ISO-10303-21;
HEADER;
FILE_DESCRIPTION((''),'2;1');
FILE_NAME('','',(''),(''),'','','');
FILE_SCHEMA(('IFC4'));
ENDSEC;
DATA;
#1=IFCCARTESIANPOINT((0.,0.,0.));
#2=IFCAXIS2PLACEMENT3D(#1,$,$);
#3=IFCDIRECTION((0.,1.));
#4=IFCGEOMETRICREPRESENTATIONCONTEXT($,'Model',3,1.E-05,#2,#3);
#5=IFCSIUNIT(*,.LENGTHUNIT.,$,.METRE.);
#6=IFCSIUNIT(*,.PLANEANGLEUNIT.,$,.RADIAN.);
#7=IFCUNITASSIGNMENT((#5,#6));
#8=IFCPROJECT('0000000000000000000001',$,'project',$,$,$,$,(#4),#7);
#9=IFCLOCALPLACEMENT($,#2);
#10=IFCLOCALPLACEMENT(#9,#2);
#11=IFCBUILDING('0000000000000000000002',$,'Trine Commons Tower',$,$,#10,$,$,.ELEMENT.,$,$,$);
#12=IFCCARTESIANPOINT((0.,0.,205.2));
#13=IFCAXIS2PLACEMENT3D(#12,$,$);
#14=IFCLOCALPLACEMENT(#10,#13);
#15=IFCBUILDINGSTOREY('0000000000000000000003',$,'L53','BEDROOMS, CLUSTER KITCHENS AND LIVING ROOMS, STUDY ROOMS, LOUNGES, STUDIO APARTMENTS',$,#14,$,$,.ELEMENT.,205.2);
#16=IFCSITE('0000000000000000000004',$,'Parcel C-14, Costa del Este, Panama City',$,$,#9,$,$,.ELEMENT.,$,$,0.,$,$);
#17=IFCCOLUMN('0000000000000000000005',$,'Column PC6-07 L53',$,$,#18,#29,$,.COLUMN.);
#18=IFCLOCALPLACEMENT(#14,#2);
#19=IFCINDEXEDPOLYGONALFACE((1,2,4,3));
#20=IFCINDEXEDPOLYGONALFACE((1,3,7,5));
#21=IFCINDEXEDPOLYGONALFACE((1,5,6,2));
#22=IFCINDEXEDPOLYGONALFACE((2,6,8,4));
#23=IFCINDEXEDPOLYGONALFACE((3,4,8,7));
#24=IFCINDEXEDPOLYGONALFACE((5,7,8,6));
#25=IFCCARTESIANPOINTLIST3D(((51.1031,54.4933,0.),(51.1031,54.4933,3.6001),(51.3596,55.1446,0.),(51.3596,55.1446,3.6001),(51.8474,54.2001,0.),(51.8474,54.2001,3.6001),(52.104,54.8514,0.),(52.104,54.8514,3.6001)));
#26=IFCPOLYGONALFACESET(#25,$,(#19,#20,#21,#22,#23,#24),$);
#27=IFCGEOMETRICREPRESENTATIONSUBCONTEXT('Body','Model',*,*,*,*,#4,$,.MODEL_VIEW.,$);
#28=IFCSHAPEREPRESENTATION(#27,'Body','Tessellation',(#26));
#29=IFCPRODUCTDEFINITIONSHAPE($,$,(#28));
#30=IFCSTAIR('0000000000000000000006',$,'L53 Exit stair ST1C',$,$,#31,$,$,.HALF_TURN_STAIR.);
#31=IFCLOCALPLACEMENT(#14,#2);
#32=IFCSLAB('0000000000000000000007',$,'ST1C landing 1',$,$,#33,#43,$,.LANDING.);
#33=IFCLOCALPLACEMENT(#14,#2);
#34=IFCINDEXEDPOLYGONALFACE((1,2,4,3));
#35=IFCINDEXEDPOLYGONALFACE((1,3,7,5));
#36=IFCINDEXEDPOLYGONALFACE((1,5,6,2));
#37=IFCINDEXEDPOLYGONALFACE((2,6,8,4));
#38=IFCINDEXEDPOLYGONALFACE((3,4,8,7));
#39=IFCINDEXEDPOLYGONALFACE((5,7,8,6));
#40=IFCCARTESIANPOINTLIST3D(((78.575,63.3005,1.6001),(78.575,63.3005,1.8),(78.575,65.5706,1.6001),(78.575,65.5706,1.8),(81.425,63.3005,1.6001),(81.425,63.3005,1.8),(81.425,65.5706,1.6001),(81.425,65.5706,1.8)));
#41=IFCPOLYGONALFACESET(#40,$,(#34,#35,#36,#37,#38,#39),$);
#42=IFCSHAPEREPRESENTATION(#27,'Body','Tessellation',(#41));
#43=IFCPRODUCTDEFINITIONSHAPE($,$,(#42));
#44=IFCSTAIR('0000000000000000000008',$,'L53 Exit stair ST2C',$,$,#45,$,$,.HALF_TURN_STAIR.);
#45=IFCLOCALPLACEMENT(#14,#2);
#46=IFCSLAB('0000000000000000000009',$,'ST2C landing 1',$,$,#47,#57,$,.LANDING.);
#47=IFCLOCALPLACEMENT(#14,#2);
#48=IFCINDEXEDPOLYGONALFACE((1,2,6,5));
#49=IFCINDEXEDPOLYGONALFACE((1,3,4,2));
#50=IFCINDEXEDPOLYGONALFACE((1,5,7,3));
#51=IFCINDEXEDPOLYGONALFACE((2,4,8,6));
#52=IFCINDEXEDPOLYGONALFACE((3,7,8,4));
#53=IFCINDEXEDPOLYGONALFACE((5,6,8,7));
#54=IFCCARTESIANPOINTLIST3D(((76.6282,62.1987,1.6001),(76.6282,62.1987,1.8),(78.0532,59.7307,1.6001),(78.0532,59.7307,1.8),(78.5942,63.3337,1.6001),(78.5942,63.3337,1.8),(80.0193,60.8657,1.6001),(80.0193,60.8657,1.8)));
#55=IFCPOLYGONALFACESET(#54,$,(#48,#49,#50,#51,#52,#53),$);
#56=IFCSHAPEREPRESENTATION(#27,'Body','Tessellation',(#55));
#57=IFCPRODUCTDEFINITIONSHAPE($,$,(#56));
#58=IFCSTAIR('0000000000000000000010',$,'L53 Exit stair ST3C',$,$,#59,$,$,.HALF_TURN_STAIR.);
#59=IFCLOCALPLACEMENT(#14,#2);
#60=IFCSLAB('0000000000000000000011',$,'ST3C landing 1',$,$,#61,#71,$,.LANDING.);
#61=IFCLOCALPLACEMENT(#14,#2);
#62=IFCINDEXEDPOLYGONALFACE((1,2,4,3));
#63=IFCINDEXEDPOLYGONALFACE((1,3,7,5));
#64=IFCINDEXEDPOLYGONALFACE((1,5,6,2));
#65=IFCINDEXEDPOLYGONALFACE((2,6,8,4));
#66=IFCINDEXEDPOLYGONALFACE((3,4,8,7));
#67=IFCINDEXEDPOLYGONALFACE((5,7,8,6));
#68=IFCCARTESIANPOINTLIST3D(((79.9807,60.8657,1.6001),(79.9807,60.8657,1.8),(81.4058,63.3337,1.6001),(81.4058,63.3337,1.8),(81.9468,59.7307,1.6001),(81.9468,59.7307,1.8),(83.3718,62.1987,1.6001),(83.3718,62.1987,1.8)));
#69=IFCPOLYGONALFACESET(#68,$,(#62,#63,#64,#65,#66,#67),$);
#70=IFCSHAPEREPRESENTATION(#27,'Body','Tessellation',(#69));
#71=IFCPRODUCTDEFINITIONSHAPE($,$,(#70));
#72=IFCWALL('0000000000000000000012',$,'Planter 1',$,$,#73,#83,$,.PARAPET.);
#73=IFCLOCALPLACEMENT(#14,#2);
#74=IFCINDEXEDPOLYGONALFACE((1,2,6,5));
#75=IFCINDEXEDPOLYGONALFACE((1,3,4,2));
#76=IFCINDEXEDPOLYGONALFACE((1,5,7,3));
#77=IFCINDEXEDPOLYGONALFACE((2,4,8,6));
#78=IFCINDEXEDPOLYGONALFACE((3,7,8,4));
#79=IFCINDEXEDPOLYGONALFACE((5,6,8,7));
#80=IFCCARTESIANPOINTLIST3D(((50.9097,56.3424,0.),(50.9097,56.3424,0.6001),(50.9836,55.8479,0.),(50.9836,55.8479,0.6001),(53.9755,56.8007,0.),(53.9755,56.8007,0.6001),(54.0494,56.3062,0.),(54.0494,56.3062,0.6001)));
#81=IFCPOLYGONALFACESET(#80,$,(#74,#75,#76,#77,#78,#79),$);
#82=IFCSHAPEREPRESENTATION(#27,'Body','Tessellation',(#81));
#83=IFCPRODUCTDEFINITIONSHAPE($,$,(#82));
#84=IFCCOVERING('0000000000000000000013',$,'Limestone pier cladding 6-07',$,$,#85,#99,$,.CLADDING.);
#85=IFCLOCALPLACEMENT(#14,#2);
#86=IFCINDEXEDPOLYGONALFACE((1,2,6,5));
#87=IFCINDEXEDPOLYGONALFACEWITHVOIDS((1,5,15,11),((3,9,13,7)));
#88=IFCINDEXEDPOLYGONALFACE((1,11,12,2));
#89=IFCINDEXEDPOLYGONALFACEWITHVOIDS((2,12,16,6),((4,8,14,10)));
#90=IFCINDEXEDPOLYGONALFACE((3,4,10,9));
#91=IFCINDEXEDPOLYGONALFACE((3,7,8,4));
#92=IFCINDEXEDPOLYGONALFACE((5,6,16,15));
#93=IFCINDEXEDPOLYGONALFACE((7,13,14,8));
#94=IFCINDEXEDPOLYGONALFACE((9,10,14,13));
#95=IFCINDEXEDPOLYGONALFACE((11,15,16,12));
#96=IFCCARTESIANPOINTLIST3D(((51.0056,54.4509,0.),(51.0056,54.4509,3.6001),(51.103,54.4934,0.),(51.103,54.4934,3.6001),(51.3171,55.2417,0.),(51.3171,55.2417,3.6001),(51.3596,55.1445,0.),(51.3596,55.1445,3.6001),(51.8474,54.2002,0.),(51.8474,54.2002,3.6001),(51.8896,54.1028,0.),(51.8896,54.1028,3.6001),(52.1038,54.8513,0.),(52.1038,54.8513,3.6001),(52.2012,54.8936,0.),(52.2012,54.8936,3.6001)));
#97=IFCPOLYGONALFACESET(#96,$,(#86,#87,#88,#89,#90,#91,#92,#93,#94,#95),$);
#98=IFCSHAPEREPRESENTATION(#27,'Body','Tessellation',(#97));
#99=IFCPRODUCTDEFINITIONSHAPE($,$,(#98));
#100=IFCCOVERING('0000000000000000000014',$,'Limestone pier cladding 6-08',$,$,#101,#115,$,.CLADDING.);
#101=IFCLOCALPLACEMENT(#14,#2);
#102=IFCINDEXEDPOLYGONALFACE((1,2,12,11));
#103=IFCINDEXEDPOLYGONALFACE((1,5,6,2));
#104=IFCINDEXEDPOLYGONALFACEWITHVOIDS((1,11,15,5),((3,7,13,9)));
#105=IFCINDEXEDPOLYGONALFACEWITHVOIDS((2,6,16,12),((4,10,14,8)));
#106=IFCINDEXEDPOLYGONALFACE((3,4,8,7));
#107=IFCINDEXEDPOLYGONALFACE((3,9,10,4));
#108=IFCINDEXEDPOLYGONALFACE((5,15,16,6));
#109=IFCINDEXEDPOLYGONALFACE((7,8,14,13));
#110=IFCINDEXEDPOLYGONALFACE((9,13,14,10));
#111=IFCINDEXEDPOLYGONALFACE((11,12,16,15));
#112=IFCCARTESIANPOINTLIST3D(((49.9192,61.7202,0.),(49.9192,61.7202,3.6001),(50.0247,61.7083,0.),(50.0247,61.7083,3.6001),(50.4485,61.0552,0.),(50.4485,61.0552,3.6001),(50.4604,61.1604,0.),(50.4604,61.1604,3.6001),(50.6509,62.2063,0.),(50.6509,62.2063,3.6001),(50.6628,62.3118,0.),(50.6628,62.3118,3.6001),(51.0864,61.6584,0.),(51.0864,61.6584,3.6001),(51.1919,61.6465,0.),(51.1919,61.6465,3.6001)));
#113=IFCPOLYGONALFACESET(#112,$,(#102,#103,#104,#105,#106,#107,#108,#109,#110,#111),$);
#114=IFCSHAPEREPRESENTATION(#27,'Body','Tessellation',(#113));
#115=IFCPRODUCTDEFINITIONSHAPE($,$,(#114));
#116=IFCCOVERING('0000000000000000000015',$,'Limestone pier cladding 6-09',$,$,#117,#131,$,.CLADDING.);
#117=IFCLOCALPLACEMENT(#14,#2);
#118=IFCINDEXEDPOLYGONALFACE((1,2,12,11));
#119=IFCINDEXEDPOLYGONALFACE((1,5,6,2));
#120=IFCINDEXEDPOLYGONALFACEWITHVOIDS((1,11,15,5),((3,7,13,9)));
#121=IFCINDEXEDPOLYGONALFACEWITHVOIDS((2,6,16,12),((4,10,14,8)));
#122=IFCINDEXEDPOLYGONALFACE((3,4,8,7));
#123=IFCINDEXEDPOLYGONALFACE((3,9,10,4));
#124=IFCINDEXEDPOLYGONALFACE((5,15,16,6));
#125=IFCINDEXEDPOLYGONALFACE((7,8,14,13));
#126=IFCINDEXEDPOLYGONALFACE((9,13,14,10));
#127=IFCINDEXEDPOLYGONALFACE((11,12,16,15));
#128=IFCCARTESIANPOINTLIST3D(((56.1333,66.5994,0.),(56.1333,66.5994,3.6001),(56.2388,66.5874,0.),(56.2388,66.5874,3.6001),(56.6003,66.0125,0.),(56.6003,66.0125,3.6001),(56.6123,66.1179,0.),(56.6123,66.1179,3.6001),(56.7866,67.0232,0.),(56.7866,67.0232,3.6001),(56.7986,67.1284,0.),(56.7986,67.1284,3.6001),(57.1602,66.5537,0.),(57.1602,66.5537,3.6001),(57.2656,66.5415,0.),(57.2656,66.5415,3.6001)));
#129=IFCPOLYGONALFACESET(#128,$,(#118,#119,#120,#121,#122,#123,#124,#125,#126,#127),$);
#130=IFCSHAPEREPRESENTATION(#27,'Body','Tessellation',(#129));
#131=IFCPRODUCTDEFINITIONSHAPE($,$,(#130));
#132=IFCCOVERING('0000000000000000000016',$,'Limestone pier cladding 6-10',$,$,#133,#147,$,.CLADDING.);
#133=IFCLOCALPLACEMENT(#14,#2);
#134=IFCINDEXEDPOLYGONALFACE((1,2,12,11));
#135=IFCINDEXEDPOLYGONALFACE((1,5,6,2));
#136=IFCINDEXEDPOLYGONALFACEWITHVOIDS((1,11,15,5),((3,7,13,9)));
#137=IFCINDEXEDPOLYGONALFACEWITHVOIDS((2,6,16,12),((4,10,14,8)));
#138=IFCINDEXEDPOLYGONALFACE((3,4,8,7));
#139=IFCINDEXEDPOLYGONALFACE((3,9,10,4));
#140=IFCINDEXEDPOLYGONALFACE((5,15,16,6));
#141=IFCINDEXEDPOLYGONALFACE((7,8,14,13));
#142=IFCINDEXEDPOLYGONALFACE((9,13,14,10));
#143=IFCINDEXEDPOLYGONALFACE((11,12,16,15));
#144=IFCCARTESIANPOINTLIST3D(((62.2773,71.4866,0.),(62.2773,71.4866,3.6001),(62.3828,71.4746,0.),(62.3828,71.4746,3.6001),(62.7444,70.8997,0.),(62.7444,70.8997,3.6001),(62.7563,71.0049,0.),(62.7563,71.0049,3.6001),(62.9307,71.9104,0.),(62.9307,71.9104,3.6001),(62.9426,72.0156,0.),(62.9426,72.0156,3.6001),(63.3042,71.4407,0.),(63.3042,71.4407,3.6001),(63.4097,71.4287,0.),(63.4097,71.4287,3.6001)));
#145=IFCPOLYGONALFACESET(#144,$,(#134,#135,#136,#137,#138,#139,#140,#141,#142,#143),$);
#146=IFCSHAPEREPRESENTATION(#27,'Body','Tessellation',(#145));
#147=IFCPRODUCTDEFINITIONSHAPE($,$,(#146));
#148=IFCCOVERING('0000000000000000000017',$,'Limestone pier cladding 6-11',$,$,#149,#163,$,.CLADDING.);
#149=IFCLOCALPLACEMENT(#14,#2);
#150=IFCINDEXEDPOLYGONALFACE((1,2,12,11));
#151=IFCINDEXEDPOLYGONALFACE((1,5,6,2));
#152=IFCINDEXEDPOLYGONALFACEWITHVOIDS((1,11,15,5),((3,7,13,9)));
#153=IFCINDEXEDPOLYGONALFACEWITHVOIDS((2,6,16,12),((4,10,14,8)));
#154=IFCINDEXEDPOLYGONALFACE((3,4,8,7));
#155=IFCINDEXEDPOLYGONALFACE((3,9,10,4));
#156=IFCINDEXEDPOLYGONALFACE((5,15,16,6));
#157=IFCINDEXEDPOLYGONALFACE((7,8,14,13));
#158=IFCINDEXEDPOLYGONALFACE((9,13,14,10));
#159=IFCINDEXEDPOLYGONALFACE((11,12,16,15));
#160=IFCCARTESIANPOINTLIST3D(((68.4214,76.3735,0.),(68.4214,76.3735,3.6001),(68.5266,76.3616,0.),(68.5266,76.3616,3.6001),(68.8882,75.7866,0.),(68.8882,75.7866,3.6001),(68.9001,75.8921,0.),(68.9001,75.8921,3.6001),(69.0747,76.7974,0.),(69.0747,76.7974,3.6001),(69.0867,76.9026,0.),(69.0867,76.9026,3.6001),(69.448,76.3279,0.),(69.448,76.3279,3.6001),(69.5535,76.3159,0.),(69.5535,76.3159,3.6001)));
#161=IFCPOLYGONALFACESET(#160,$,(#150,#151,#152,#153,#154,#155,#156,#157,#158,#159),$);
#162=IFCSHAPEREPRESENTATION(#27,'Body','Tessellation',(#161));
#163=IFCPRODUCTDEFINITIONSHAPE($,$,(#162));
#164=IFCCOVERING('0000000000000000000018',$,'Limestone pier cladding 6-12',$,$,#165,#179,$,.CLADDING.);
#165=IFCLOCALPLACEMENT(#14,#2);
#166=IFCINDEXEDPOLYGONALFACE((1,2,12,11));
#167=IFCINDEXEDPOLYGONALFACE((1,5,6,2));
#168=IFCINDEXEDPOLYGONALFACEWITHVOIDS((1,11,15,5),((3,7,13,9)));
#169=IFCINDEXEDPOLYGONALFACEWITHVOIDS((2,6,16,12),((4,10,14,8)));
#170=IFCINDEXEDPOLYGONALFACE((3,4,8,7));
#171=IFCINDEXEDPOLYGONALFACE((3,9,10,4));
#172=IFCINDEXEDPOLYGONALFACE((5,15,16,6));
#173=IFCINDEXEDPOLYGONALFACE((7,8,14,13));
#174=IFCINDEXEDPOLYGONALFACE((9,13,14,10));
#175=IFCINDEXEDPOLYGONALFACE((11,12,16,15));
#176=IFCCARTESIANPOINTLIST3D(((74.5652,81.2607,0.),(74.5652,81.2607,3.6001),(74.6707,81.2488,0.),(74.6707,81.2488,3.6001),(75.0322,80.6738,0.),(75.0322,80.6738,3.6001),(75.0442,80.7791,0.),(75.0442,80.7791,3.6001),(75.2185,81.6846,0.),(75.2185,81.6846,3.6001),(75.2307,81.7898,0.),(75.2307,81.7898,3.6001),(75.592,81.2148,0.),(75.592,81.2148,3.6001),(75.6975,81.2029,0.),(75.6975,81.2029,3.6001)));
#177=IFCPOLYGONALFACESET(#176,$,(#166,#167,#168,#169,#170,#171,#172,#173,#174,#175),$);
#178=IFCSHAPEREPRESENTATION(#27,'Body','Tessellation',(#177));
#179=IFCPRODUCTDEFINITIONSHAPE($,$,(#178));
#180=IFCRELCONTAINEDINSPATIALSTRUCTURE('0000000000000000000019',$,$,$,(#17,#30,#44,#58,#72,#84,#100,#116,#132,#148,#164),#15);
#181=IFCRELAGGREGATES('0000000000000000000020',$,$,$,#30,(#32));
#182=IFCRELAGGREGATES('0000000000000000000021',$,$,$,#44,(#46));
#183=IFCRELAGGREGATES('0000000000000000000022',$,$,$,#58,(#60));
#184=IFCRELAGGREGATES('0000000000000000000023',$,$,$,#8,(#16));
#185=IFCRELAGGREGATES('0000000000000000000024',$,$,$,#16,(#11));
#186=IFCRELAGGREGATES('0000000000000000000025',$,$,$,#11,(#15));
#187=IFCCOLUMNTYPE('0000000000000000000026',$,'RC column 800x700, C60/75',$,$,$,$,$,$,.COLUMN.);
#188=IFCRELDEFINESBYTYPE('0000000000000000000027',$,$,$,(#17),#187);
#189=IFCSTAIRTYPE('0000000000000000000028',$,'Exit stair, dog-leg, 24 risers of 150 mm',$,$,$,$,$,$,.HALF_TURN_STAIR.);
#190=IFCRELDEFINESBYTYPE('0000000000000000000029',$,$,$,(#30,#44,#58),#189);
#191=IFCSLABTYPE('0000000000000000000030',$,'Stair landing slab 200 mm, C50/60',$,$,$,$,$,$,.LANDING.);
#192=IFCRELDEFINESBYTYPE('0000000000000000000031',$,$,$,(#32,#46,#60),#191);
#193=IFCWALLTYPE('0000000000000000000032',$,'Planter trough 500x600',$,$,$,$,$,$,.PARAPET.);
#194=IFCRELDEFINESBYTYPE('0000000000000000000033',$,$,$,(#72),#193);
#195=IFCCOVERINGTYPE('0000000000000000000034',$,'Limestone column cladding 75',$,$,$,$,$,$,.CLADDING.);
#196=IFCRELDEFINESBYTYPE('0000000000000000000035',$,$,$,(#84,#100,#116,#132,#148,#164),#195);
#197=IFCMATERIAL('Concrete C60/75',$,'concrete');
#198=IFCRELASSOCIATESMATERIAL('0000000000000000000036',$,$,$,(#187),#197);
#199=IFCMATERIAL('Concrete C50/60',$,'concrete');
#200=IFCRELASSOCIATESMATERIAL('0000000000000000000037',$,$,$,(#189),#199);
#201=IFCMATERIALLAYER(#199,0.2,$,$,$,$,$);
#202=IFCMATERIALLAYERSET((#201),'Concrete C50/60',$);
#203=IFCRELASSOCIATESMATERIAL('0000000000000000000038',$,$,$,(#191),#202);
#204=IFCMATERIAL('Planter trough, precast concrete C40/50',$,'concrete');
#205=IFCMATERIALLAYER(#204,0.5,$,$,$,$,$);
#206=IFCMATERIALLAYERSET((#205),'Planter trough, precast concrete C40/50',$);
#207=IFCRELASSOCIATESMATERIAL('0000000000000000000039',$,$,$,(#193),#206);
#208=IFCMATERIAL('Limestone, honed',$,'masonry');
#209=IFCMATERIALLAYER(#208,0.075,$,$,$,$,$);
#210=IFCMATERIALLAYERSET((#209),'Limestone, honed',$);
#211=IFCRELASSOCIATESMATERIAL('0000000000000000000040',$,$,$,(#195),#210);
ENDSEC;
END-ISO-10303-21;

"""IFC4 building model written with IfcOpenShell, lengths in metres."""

from ifc_helpers import new_model, si_unit, direction, frame, frame_2d, origin, origin_2d, place, context, subcontext, project, spatial, polyline, rectangle, outline, extrude, material, layer, layer_set, material_profile, profile_set, type_object, element, aggregate, save


model = new_model("IFC4")

# Units and contexts
model_context = context("Model", 3, precision=1e-05, world=origin(), true_north=direction((0.0, 1.0)))
body_context = subcontext(model_context, "Body", "Model", "MODEL_VIEW")
ifc_project = project(units=[si_unit("LENGTHUNIT", "METRE"), si_unit("PLANEANGLEUNIT", "RADIAN")], contexts=[model_context])

# Site, building, storey
site_placement = place(None, origin())
site = spatial("IfcSite", under=ifc_project, at=site_placement, Name="Parcel C-14, Costa del Este, Panama City", CompositionType="ELEMENT", RefElevation=0.0)
building_placement = place(site_placement, origin())
building = spatial("IfcBuilding", under=site, at=building_placement, Name="Trine Commons Tower", CompositionType="ELEMENT")
storey_placement = place(building_placement, frame((0.0, 0.0, 205.2)))
storey = spatial("IfcBuildingStorey", under=building, at=storey_placement, Name="L53", Description="BEDROOMS, CLUSTER KITCHENS AND LIVING ROOMS, STUDY ROOMS, LOUNGES, STUDIO APARTMENTS", CompositionType="ELEMENT", Elevation=205.2)

# Column
ifc_material_1 = material(Name="Concrete C60/75", Category="concrete")
ifc_material_profile = material_profile(ifc_material_1, rectangle(XDim=0.8, YDim=0.7, at=origin_2d()), Name="RC 800x700")
ifc_profile_set = profile_set([ifc_material_profile], Name="Concrete C60/75")
column_type = type_object("IfcColumnType", Name="RC column 800x700, C60/75", PredefinedType="COLUMN", material=ifc_profile_set)
column_placement = place(storey_placement, frame((51.6035, 54.6724, 0.0), z_axis=(0.0, 0.0, 1.0), x_axis=(-0.930418, 0.366501, 0.0)))
element("IfcColumn", 1, at=column_placement, inside=storey, type_object=column_type, Name="Column PC6-07 L53", PredefinedType="COLUMN", context=body_context, shape_type="SweptSolid", body=[
    extrude(rectangle(XDim=0.8, YDim=0.7, at=origin_2d()), origin(), (0.0, 0.0, 1.0), 3.6001),
])

# Stairs, slabs
ifc_material_2 = material(Name="Concrete C50/60", Category="concrete")
stair_type = type_object("IfcStairType", Name="Exit stair, dog-leg, 24 risers of 150 mm", PredefinedType="HALF_TURN_STAIR", material=ifc_material_2)
stair_1_placement = place(storey_placement, origin())
stair_1 = element("IfcStair", 2, at=stair_1_placement, inside=storey, type_object=stair_type, Name="L53 Exit stair ST1C", PredefinedType="HALF_TURN_STAIR")
ifc_layer_1 = layer(ifc_material_2, 0.2)
ifc_layer_set_1 = layer_set([ifc_layer_1], Name="Concrete C50/60")
slab_type = type_object("IfcSlabType", Name="Stair landing slab 200 mm, C50/60", PredefinedType="LANDING", material=ifc_layer_set_1)
slab_1_placement = place(storey_placement, frame((0.0, 0.0, 1.6001)))
slab_1 = element("IfcSlab", 3, at=slab_1_placement, type_object=slab_type, Name="ST1C landing 1", PredefinedType="LANDING", context=body_context, shape_type="SweptSolid", body=[
    extrude(outline(polyline([(78.575, 65.5706), (78.575, 63.3005), (81.425, 63.3005), (81.425, 65.5706), (78.575, 65.5706)])), origin(), (0.0, 0.0, 1.0), 0.2),
])
aggregate(stair_1, [slab_1])
stair_2_placement = place(storey_placement, origin())
stair_2 = element("IfcStair", 4, at=stair_2_placement, inside=storey, type_object=stair_type, Name="L53 Exit stair ST2C", PredefinedType="HALF_TURN_STAIR")
slab_2_placement = place(storey_placement, frame((0.0, 0.0, 1.6001)))
slab_2 = element("IfcSlab", 5, at=slab_2_placement, type_object=slab_type, Name="ST2C landing 1", PredefinedType="LANDING", context=body_context, shape_type="SweptSolid", body=[
    extrude(outline(polyline([(78.0532, 59.7307), (80.0193, 60.8657), (78.5942, 63.3337), (76.6282, 62.1987), (78.0532, 59.7307)])), origin(), (0.0, 0.0, 1.0), 0.2),
])
aggregate(stair_2, [slab_2])
stair_3_placement = place(storey_placement, origin())
stair_3 = element("IfcStair", 6, at=stair_3_placement, inside=storey, type_object=stair_type, Name="L53 Exit stair ST3C", PredefinedType="HALF_TURN_STAIR")
slab_3_placement = place(storey_placement, frame((0.0, 0.0, 1.6001)))
slab_3 = element("IfcSlab", 7, at=slab_3_placement, type_object=slab_type, Name="ST3C landing 1", PredefinedType="LANDING", context=body_context, shape_type="SweptSolid", body=[
    extrude(outline(polyline([(83.3718, 62.1987), (81.4058, 63.3337), (79.9807, 60.8657), (81.9468, 59.7307), (83.3718, 62.1987)])), origin(), (0.0, 0.0, 1.0), 0.2),
])
aggregate(stair_3, [slab_3])

# Wall
ifc_material_3 = material(Name="Planter trough, precast concrete C40/50", Category="concrete")
ifc_layer_2 = layer(ifc_material_3, 0.5)
ifc_layer_set_2 = layer_set([ifc_layer_2], Name="Planter trough, precast concrete C40/50")
wall_type = type_object("IfcWallType", Name="Planter trough 500x600", PredefinedType="PARAPET", material=ifc_layer_set_2)
wall_placement = place(storey_placement, frame((50.9468, 56.0952, 0.0), z_axis=(0.0, 0.0, 1.0), x_axis=(0.989012, 0.147836, 0.0)))
element("IfcWall", 8, at=wall_placement, inside=storey, type_object=wall_type, Name="Planter 1", PredefinedType="PARAPET", context=body_context, shape_type="SweptSolid", body=[
    extrude(rectangle(XDim=3.0999, YDim=0.5, at=frame_2d((1.5498, 0.0))), origin(), (0.0, 0.0, 1.0), 0.6001),
])

# Coverings
ifc_material_4 = material(Name="Limestone, honed", Category="masonry")
ifc_layer_3 = layer(ifc_material_4, 0.075)
ifc_layer_set_3 = layer_set([ifc_layer_3], Name="Limestone, honed")
covering_type_1 = type_object("IfcCoveringType", Name="Limestone column cladding 75", PredefinedType="CLADDING", material=ifc_layer_set_3)
covering_1_placement = place(storey_placement, origin())
element("IfcCovering", 9, at=covering_1_placement, inside=storey, type_object=covering_type_1, Name="Limestone pier cladding 6-07", PredefinedType="CLADDING", context=body_context, shape_type="SweptSolid", body=[
    extrude(outline(polyline([(51.3171, 55.2417), (51.0056, 54.4509), (51.8896, 54.1028), (52.2012, 54.8936), (51.3171, 55.2417)]), holes=[polyline([(51.3596, 55.1445), (51.103, 54.4934), (51.8474, 54.2002), (52.1038, 54.8513), (51.3596, 55.1445)])]), origin(), (0.0, 0.0, 1.0), 3.6001),
])
covering_2_placement = place(storey_placement, origin())
element("IfcCovering", 10, at=covering_2_placement, inside=storey, type_object=covering_type_1, Name="Limestone pier cladding 6-08", PredefinedType="CLADDING", context=body_context, shape_type="SweptSolid", body=[
    extrude(outline(polyline([(51.1919, 61.6465), (50.6628, 62.3118), (49.9192, 61.7202), (50.4485, 61.0552), (51.1919, 61.6465)]), holes=[polyline([(51.0864, 61.6584), (50.6509, 62.2063), (50.0247, 61.7083), (50.4604, 61.1604), (51.0864, 61.6584)])]), origin(), (0.0, 0.0, 1.0), 3.6001),
])
covering_3_placement = place(storey_placement, origin())
element("IfcCovering", 11, at=covering_3_placement, inside=storey, type_object=covering_type_1, Name="Limestone pier cladding 6-09", PredefinedType="CLADDING", context=body_context, shape_type="SweptSolid", body=[
    extrude(outline(polyline([(57.2656, 66.5415), (56.7986, 67.1284), (56.1333, 66.5994), (56.6003, 66.0125), (57.2656, 66.5415)]), holes=[polyline([(57.1602, 66.5537), (56.7866, 67.0232), (56.2388, 66.5874), (56.6123, 66.1179), (57.1602, 66.5537)])]), origin(), (0.0, 0.0, 1.0), 3.6001),
])
covering_4_placement = place(storey_placement, origin())
element("IfcCovering", 12, at=covering_4_placement, inside=storey, type_object=covering_type_1, Name="Limestone pier cladding 6-10", PredefinedType="CLADDING", context=body_context, shape_type="SweptSolid", body=[
    extrude(outline(polyline([(63.4097, 71.4287), (62.9426, 72.0156), (62.2773, 71.4866), (62.7444, 70.8997), (63.4097, 71.4287)]), holes=[polyline([(63.3042, 71.4407), (62.9307, 71.9104), (62.3828, 71.4746), (62.7563, 71.0049), (63.3042, 71.4407)])]), origin(), (0.0, 0.0, 1.0), 3.6001),
])
covering_5_placement = place(storey_placement, origin())
element("IfcCovering", 13, at=covering_5_placement, inside=storey, type_object=covering_type_1, Name="Limestone pier cladding 6-11", PredefinedType="CLADDING", context=body_context, shape_type="SweptSolid", body=[
    extrude(outline(polyline([(69.5535, 76.3159), (69.0867, 76.9026), (68.4214, 76.3735), (68.8882, 75.7866), (69.5535, 76.3159)]), holes=[polyline([(69.448, 76.3279), (69.0747, 76.7974), (68.5266, 76.3616), (68.9001, 75.8921), (69.448, 76.3279)])]), origin(), (0.0, 0.0, 1.0), 3.6001),
])
covering_6_placement = place(storey_placement, origin())
element("IfcCovering", 14, at=covering_6_placement, inside=storey, type_object=covering_type_1, Name="Limestone pier cladding 6-12", PredefinedType="CLADDING", context=body_context, shape_type="SweptSolid", body=[
    extrude(outline(polyline([(75.6975, 81.2029), (75.2307, 81.7898), (74.5652, 81.2607), (75.0322, 80.6738), (75.6975, 81.2029)]), holes=[polyline([(75.592, 81.2148), (75.2185, 81.6846), (74.6707, 81.2488), (75.0442, 80.7791), (75.592, 81.2148)])]), origin(), (0.0, 0.0, 1.0), 3.6001),
])

save(model, "model.ifc")
